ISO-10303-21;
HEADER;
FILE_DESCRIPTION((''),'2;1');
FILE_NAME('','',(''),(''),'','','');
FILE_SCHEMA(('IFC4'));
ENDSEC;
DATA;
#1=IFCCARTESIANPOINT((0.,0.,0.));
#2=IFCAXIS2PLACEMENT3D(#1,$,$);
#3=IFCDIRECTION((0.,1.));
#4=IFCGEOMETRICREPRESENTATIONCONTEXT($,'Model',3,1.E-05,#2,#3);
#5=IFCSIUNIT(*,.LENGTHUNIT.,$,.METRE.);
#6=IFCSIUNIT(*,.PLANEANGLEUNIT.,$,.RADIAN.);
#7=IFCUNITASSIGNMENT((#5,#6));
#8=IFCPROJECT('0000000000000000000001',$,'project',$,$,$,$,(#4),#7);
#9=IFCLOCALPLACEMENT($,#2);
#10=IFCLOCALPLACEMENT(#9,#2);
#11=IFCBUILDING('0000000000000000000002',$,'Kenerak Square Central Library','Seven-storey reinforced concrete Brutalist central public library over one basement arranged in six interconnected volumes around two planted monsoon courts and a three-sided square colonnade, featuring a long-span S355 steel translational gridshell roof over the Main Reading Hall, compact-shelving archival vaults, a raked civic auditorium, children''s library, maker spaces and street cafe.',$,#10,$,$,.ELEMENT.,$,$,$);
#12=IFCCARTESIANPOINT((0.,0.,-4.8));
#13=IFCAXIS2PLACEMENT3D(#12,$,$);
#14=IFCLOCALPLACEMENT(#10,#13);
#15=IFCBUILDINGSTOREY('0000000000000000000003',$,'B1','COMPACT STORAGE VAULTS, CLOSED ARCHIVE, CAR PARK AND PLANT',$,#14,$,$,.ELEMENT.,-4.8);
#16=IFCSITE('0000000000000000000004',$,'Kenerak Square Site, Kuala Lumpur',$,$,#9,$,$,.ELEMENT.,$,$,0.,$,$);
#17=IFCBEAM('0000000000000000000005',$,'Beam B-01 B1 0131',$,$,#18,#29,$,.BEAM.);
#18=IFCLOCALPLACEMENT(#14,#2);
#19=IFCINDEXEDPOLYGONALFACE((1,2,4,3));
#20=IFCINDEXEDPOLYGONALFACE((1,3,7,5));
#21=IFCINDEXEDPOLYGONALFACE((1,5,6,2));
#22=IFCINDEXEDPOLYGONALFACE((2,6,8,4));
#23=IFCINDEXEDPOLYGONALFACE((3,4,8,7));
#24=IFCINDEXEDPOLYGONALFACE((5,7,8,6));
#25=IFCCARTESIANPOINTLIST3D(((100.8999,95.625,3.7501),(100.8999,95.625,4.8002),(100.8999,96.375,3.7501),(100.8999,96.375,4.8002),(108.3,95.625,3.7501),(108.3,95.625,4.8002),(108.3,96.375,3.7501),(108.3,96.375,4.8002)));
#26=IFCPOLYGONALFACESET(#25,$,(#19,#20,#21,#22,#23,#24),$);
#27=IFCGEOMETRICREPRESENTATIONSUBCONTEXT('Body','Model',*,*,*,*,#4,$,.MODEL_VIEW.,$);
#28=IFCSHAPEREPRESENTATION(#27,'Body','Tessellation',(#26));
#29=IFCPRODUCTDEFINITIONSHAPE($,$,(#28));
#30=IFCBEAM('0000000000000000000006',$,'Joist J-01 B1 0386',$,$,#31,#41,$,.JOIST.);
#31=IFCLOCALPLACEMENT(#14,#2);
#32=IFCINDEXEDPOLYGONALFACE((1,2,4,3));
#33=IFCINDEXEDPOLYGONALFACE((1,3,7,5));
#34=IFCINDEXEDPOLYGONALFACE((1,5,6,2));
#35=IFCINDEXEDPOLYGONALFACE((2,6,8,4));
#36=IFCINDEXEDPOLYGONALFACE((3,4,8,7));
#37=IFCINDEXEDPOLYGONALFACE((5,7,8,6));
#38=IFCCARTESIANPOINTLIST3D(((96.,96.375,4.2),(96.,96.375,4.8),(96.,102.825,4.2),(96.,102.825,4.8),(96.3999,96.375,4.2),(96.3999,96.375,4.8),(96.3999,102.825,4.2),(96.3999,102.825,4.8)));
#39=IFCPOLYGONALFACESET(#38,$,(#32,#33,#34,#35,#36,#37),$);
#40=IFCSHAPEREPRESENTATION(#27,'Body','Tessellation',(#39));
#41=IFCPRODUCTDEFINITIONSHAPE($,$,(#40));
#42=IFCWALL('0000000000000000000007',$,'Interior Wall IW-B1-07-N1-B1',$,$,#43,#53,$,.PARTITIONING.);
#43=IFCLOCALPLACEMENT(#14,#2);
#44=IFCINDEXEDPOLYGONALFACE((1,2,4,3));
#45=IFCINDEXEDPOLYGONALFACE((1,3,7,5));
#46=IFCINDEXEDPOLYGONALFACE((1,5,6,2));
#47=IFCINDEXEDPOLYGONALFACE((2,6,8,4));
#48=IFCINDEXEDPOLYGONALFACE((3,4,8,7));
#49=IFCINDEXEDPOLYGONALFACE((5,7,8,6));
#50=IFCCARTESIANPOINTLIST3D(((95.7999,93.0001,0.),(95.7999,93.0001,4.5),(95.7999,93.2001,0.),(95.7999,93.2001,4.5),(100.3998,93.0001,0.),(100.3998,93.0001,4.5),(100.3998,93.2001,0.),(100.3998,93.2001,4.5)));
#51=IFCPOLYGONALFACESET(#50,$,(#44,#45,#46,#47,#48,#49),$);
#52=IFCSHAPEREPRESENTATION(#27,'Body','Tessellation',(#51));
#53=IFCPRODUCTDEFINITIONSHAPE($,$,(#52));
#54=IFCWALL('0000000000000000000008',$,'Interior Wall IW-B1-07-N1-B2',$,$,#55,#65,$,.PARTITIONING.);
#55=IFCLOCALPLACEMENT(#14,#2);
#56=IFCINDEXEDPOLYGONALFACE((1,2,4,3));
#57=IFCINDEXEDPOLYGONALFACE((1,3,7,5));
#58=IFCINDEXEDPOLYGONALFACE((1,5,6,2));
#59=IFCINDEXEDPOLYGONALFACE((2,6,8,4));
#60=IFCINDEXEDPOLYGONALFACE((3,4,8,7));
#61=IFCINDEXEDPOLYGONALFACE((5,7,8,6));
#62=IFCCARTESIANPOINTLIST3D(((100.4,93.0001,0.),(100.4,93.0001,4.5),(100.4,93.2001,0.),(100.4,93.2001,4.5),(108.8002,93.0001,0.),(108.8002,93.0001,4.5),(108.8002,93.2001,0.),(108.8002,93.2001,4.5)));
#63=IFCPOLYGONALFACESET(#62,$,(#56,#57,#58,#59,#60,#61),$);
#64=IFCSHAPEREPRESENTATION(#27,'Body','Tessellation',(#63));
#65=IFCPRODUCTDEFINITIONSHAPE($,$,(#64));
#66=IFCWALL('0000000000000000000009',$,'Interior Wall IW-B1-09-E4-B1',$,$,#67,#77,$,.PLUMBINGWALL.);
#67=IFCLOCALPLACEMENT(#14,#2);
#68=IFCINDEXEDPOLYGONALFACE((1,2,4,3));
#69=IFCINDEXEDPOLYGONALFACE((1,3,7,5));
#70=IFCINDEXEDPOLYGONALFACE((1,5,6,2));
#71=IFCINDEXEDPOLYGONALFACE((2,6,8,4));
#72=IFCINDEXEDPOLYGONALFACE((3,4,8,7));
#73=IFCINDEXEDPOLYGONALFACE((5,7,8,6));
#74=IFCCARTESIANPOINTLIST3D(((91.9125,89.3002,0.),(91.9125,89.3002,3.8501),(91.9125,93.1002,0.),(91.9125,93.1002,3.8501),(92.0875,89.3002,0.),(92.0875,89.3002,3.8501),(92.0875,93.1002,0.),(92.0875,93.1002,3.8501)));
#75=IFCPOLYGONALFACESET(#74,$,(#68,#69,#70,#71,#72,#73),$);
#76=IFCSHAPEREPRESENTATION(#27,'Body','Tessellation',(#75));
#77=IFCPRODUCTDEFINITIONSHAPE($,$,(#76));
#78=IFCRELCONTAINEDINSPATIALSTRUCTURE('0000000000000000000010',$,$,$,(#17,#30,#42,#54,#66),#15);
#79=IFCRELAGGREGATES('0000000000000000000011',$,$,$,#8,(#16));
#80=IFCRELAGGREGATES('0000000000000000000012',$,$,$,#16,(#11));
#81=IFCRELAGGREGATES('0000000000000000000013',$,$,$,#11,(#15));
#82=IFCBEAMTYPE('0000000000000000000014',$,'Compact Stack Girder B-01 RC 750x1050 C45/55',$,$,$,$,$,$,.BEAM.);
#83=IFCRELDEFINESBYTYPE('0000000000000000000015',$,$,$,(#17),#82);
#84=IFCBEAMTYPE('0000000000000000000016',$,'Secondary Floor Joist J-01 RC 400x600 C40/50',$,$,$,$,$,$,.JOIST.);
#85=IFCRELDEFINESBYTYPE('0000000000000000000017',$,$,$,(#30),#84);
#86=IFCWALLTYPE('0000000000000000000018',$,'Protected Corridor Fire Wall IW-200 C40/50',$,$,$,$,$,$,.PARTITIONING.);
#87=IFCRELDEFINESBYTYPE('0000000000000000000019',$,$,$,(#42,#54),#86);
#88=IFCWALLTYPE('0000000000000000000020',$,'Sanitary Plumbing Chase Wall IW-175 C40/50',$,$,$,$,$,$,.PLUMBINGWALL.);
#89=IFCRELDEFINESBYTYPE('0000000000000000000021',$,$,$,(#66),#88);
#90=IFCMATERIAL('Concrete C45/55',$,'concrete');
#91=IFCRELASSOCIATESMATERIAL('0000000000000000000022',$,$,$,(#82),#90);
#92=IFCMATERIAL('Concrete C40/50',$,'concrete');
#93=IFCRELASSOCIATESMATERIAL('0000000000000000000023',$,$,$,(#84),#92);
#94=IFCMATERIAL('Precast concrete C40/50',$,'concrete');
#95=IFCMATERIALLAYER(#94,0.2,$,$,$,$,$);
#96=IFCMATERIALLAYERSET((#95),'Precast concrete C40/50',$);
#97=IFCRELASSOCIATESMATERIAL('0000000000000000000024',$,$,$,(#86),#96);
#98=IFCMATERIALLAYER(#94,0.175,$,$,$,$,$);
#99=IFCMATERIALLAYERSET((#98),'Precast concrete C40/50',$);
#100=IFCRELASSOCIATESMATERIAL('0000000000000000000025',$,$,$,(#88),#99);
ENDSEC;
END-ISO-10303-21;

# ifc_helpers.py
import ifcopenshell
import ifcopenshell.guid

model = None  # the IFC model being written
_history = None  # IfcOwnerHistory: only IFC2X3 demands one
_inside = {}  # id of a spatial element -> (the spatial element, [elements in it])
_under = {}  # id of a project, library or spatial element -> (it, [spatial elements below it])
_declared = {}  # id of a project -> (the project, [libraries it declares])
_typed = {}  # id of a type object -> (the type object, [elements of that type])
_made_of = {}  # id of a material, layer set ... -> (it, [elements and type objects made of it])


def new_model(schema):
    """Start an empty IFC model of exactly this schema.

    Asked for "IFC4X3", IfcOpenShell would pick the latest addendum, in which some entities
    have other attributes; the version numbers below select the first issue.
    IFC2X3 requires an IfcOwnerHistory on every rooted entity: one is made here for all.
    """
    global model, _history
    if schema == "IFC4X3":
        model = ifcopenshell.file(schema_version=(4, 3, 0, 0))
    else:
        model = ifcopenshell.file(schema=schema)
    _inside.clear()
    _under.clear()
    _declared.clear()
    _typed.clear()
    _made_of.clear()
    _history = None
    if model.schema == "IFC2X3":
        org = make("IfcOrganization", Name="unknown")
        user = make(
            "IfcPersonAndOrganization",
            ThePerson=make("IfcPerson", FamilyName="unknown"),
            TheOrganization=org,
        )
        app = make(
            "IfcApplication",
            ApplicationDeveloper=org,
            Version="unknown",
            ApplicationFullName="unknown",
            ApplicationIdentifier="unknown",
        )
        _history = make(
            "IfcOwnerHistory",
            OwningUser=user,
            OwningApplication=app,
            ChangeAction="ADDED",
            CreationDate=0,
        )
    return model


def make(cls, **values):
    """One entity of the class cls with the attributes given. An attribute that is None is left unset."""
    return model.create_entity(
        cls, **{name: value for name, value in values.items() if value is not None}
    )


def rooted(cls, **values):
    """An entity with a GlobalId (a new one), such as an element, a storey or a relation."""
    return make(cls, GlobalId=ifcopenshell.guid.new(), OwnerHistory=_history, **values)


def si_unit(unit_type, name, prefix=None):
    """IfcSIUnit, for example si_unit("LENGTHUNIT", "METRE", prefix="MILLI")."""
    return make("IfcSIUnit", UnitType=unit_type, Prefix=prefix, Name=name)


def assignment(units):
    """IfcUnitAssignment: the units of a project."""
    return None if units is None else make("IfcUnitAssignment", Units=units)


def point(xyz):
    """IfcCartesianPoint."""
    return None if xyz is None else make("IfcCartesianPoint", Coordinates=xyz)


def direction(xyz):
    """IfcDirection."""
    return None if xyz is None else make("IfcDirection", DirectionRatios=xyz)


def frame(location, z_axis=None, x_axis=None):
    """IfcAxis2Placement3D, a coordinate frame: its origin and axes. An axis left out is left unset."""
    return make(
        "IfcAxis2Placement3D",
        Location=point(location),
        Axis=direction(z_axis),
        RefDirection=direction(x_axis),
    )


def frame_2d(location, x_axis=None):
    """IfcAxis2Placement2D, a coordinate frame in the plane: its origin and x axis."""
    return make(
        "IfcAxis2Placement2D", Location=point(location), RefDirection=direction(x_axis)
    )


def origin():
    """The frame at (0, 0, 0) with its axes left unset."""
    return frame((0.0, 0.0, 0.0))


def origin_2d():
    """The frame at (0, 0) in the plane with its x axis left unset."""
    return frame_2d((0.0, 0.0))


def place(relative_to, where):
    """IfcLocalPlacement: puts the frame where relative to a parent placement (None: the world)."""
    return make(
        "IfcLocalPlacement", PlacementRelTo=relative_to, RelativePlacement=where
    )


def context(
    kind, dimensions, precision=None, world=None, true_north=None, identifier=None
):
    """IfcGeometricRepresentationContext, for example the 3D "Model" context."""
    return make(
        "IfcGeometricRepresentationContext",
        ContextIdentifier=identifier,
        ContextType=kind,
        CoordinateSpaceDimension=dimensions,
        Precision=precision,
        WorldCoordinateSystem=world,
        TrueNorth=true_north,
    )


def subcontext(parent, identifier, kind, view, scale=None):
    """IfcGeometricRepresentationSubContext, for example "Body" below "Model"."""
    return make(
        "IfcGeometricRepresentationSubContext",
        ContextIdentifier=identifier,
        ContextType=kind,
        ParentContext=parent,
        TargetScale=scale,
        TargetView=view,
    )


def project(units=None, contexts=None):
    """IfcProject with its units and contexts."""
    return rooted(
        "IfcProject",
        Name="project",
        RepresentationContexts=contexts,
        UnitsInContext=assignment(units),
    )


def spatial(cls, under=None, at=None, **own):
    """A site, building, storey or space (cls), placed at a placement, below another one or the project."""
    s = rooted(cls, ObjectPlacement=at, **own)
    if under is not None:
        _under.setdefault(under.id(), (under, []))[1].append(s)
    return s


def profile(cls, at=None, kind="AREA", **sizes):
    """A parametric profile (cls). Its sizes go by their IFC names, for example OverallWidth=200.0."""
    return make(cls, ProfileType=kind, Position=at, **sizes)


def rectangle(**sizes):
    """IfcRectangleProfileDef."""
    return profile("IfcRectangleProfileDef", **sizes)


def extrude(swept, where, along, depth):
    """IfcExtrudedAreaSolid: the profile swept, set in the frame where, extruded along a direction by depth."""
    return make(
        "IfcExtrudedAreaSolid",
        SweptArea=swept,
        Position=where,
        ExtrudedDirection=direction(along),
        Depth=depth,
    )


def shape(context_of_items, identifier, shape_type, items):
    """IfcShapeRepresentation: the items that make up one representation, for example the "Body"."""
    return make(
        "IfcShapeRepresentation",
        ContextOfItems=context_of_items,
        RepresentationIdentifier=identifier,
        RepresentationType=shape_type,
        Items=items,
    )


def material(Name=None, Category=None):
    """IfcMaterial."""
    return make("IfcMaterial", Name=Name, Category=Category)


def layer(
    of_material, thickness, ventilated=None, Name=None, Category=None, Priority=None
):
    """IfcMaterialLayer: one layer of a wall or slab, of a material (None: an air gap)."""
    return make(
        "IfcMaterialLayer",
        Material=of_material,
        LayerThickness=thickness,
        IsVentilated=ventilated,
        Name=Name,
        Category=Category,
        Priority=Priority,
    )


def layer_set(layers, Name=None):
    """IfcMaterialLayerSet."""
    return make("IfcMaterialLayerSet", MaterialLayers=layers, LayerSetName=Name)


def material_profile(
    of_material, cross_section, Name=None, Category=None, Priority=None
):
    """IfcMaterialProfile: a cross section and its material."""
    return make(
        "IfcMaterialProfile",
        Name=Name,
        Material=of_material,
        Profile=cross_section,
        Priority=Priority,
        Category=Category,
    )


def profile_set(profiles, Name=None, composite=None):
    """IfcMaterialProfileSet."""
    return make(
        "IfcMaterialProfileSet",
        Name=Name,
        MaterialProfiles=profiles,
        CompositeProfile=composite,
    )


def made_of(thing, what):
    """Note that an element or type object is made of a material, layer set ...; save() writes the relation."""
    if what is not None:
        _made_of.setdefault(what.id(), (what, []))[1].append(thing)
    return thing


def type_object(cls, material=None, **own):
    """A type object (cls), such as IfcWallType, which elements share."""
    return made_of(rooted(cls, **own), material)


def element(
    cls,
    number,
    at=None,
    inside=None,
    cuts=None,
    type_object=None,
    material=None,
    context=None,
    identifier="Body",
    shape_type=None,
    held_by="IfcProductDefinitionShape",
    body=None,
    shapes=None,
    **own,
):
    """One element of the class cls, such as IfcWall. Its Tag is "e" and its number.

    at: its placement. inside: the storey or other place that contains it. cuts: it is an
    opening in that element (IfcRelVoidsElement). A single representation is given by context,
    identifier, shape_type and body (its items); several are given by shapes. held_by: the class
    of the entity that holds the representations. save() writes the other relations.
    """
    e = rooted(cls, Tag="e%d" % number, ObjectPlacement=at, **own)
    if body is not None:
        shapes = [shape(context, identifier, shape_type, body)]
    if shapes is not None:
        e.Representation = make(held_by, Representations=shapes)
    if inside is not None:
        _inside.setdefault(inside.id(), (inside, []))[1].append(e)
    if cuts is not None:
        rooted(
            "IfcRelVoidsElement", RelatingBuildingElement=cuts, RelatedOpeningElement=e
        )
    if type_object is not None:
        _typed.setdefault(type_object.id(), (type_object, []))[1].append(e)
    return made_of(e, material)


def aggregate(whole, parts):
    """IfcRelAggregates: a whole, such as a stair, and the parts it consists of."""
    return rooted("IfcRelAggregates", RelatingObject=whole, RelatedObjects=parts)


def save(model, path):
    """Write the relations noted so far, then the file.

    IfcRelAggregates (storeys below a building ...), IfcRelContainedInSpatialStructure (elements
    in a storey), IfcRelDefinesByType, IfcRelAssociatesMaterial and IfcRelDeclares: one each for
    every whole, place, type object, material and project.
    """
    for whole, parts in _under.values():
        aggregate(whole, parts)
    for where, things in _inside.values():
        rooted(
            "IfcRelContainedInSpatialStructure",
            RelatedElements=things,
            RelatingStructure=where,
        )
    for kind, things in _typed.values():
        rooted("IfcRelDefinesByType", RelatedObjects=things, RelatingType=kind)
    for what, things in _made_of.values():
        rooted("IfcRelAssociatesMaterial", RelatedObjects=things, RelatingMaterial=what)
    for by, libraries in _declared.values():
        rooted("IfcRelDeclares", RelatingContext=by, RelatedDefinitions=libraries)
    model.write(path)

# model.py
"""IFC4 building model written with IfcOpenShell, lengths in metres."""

from ifc_helpers import new_model, si_unit, direction, frame, frame_2d, origin, origin_2d, place, context, subcontext, project, spatial, rectangle, extrude, material, layer, layer_set, material_profile, profile_set, type_object, element, save


model = new_model("IFC4")

# Units and contexts
model_context = context("Model", 3, precision=1e-05, world=origin(), true_north=direction((0.0, 1.0)))
body_context = subcontext(model_context, "Body", "Model", "MODEL_VIEW")
ifc_project = project(units=[si_unit("LENGTHUNIT", "METRE"), si_unit("PLANEANGLEUNIT", "RADIAN")], contexts=[model_context])

# Site, building, storey
site_placement = place(None, origin())
site = spatial("IfcSite", under=ifc_project, at=site_placement, Name="Kenerak Square Site, Kuala Lumpur", CompositionType="ELEMENT", RefElevation=0.0)
building_placement = place(site_placement, origin())
building = spatial("IfcBuilding", under=site, at=building_placement, Name="Kenerak Square Central Library", Description="Seven-storey reinforced concrete Brutalist central public library over one basement arranged in six interconnected volumes around two planted monsoon courts and a three-sided square colonnade, featuring a long-span S355 steel translational gridshell roof over the Main Reading Hall, compact-shelving archival vaults, a raked civic auditorium, children's library, maker spaces and street cafe.", CompositionType="ELEMENT")
storey_placement = place(building_placement, frame((0.0, 0.0, -4.8)))
storey = spatial("IfcBuildingStorey", under=building, at=storey_placement, Name="B1", Description="COMPACT STORAGE VAULTS, CLOSED ARCHIVE, CAR PARK AND PLANT", CompositionType="ELEMENT", Elevation=-4.8)

# Shared definitions
ifc_material_1 = material(Name="Concrete C40/50", Category="concrete")

# Shared definitions
ifc_material_2 = material(Name="Concrete C45/55", Category="concrete")

# Beams
ifc_material_profile_1 = material_profile(ifc_material_2, rectangle(XDim=0.75, YDim=1.05, at=origin_2d()), Name="RC 750x1050")
ifc_profile_set_1 = profile_set([ifc_material_profile_1], Name="Concrete C45/55")
beam_type_1 = type_object("IfcBeamType", Name="Compact Stack Girder B-01 RC 750x1050 C45/55", PredefinedType="BEAM", material=ifc_profile_set_1)
beam_1_placement = place(storey_placement, frame((100.8999, 96.0, 4.2751), z_axis=(1.0, 0.0, 0.0), x_axis=(0.0, 1.0, 0.0)))
element("IfcBeam", 1, at=beam_1_placement, inside=storey, type_object=beam_type_1, Name="Beam B-01 B1 0131", PredefinedType="BEAM", context=body_context, shape_type="SweptSolid", body=[
    extrude(rectangle(XDim=0.75, YDim=1.05, at=origin_2d()), origin(), (0.0, 0.0, 1.0), 7.4001),
])
ifc_material_profile_2 = material_profile(ifc_material_1, rectangle(XDim=0.3999, YDim=0.6001, at=origin_2d()), Name="RC 400x600")
ifc_profile_set_2 = profile_set([ifc_material_profile_2], Name="Concrete C40/50")
beam_type_2 = type_object("IfcBeamType", Name="Secondary Floor Joist J-01 RC 400x600 C40/50", PredefinedType="JOIST", material=ifc_profile_set_2)
beam_2_placement = place(storey_placement, frame((96.2, 96.375, 4.5), z_axis=(0.0, 1.0, 0.0), x_axis=(-1.0, 0.0, 0.0)))
element("IfcBeam", 2, at=beam_2_placement, inside=storey, type_object=beam_type_2, Name="Joist J-01 B1 0386", PredefinedType="JOIST", context=body_context, shape_type="SweptSolid", body=[
    extrude(rectangle(XDim=0.3999, YDim=0.6001, at=origin_2d()), origin(), (0.0, 0.0, 1.0), 6.45),
])

# Walls
ifc_material_3 = material(Name="Precast concrete C40/50", Category="concrete")
ifc_layer_1 = layer(ifc_material_3, 0.2)
ifc_layer_set_1 = layer_set([ifc_layer_1], Name="Precast concrete C40/50")
wall_type_1 = type_object("IfcWallType", Name="Protected Corridor Fire Wall IW-200 C40/50", PredefinedType="PARTITIONING", material=ifc_layer_set_1)
wall_1_placement = place(storey_placement, frame((95.8, 93.1001, 0.0), z_axis=(0.0, 0.0, 1.0), x_axis=(1.0, 0.0, 0.0)))
element("IfcWall", 3, at=wall_1_placement, inside=storey, type_object=wall_type_1, Name="Interior Wall IW-B1-07-N1-B1", PredefinedType="PARTITIONING", context=body_context, shape_type="SweptSolid", body=[
    extrude(rectangle(XDim=4.5999, YDim=0.2, at=frame_2d((2.2998, 0.0))), origin(), (0.0, 0.0, 1.0), 4.5),
])
wall_2_placement = place(storey_placement, frame((100.3999, 93.1001, 0.0), z_axis=(0.0, 0.0, 1.0), x_axis=(1.0, 0.0, 0.0)))
element("IfcWall", 4, at=wall_2_placement, inside=storey, type_object=wall_type_1, Name="Interior Wall IW-B1-07-N1-B2", PredefinedType="PARTITIONING", context=body_context, shape_type="SweptSolid", body=[
    extrude(rectangle(XDim=8.4001, YDim=0.2, at=frame_2d((4.2002, 0.0))), origin(), (0.0, 0.0, 1.0), 4.5),
])

# Shared definitions
ifc_layer_2 = layer(ifc_material_3, 0.175)
ifc_layer_set_2 = layer_set([ifc_layer_2], Name="Precast concrete C40/50")
wall_type_2 = type_object("IfcWallType", Name="Sanitary Plumbing Chase Wall IW-175 C40/50", PredefinedType="PLUMBINGWALL", material=ifc_layer_set_2)

# Wall
wall_3_placement = place(storey_placement, frame((92.0, 93.1001, 0.0), z_axis=(0.0, 0.0, 1.0), x_axis=(0.0, -1.0, 0.0)))
element("IfcWall", 5, at=wall_3_placement, inside=storey, type_object=wall_type_2, Name="Interior Wall IW-B1-09-E4-B1", PredefinedType="PLUMBINGWALL", context=body_context, shape_type="SweptSolid", body=[
    extrude(rectangle(XDim=3.8, YDim=0.175, at=frame_2d((1.8999, 0.0))), origin(), (0.0, 0.0, 1.0), 3.8501),
])

save(model, "model.ifc")
